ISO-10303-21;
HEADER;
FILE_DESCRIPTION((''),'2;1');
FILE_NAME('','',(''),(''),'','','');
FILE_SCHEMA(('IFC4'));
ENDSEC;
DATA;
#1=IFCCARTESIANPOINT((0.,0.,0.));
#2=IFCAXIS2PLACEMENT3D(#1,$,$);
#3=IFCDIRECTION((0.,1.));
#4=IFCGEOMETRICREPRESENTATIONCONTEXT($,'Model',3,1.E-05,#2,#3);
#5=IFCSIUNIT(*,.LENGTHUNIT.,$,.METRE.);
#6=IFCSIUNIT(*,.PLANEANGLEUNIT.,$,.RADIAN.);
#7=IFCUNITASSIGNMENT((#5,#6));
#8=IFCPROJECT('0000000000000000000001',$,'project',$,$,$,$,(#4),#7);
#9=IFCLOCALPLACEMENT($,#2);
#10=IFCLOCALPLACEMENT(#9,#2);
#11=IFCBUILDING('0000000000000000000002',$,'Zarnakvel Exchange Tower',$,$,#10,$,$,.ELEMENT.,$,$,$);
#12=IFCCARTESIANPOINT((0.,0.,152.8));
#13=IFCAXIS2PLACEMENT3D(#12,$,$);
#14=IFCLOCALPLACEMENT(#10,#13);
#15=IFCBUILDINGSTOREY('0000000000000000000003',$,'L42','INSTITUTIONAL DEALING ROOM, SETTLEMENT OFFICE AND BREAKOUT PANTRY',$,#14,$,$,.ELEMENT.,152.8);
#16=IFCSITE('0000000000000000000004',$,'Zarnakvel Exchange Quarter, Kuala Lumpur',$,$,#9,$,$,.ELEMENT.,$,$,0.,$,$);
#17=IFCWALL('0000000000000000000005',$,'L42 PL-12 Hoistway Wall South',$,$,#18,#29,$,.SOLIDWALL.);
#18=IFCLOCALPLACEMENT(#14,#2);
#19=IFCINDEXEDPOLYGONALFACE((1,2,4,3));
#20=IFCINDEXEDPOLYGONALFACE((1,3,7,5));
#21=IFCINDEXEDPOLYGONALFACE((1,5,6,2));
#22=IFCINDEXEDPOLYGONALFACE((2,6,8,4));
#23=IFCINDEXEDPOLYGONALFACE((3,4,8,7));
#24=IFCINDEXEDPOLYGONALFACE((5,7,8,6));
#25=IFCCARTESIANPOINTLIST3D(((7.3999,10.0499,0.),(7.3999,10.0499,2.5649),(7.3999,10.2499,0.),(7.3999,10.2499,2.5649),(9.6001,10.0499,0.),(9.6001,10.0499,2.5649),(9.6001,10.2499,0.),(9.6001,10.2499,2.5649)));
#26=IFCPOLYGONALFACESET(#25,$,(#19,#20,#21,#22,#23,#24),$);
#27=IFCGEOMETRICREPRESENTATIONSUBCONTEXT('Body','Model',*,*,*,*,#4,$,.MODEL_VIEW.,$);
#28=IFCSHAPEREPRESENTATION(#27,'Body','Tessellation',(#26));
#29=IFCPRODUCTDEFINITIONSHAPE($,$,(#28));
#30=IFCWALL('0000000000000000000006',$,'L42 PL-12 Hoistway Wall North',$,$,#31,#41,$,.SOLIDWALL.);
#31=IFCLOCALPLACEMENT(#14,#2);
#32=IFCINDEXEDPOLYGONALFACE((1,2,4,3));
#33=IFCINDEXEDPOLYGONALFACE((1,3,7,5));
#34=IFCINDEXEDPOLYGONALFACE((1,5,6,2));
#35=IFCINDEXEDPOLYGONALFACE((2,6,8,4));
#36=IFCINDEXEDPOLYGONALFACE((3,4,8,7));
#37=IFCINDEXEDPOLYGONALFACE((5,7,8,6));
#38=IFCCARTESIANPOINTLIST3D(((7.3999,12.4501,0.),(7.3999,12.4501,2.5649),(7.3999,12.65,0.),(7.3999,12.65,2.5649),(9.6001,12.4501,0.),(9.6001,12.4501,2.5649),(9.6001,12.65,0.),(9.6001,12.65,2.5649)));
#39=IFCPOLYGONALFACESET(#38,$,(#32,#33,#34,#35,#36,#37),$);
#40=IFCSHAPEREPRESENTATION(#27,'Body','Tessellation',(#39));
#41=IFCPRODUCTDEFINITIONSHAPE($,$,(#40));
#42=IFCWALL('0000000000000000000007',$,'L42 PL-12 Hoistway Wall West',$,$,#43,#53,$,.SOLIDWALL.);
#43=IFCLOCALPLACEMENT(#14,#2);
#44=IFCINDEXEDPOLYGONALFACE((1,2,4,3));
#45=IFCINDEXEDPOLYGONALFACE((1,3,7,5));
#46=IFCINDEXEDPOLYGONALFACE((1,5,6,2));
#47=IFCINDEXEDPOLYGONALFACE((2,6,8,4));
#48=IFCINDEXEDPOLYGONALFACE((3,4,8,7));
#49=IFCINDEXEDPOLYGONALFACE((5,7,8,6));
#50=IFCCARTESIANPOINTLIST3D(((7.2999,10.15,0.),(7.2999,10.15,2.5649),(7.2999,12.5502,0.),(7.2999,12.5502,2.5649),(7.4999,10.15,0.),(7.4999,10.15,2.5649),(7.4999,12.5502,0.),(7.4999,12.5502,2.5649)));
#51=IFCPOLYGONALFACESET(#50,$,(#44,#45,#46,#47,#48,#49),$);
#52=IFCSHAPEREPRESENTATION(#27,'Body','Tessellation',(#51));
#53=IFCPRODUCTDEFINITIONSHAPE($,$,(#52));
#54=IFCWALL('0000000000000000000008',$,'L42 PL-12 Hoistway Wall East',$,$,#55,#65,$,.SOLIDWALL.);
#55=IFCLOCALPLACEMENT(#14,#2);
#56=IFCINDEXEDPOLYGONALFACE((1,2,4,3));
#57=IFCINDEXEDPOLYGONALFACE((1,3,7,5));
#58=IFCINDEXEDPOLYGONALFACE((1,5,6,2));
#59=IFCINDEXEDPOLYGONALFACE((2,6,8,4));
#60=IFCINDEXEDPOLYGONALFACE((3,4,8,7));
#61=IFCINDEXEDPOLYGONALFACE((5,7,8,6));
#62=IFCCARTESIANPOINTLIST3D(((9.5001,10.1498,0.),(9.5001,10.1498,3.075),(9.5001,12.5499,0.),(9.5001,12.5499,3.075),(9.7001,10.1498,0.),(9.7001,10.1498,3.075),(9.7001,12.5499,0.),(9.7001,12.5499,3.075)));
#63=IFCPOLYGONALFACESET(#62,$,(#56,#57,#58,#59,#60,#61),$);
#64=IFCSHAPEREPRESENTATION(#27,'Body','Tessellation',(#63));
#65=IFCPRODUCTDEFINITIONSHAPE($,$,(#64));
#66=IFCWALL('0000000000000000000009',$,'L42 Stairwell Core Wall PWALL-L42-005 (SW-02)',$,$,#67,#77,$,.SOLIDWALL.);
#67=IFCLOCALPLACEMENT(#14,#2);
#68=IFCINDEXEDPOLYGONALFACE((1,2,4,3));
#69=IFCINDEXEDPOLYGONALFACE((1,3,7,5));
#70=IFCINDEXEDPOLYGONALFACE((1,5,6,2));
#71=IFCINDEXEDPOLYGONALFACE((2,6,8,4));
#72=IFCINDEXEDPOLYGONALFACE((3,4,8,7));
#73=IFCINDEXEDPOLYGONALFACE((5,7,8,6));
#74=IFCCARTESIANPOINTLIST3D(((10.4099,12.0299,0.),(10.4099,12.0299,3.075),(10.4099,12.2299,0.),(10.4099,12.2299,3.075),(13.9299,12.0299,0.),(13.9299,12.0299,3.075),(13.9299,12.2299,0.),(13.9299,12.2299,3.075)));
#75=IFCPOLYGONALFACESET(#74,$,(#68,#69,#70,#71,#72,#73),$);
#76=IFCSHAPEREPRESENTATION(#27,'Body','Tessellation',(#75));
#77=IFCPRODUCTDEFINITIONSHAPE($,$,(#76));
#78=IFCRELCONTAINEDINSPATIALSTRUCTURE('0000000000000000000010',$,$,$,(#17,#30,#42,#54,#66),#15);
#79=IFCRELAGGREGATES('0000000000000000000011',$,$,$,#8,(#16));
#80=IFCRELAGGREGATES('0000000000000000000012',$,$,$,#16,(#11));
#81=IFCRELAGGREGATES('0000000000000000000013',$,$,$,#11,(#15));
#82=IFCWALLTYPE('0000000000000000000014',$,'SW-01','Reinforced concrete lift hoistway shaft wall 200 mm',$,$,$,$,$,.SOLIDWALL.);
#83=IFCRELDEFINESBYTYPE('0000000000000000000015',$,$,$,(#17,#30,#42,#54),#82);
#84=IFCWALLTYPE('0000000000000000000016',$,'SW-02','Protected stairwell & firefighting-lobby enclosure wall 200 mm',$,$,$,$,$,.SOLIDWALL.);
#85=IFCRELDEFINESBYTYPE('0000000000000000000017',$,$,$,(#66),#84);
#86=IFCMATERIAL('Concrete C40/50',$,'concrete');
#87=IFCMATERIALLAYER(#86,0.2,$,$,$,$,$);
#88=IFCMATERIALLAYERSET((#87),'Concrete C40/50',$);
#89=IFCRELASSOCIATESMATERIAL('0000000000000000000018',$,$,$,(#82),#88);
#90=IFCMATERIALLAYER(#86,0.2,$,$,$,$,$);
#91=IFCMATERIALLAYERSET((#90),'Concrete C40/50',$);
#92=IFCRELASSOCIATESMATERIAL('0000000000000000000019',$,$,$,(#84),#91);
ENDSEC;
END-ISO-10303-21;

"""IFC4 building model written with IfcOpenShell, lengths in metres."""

from ifc_helpers import new_model, si_unit, direction, frame, frame_2d, origin, place, context, subcontext, project, spatial, rectangle, extrude, material, layer, layer_set, type_object, element, save


model = new_model("IFC4")

# Units and contexts
model_context = context("Model", 3, precision=1e-05, world=origin(), true_north=direction((0.0, 1.0)))
body_context = subcontext(model_context, "Body", "Model", "MODEL_VIEW")
ifc_project = project(units=[si_unit("LENGTHUNIT", "METRE"), si_unit("PLANEANGLEUNIT", "RADIAN")], contexts=[model_context])

# Site, building, storey
site_placement = place(None, origin())
site = spatial("IfcSite", under=ifc_project, at=site_placement, Name="Zarnakvel Exchange Quarter, Kuala Lumpur", CompositionType="ELEMENT", RefElevation=0.0)
building_placement = place(site_placement, origin())
building = spatial("IfcBuilding", under=site, at=building_placement, Name="Zarnakvel Exchange Tower", CompositionType="ELEMENT")
storey_placement = place(building_placement, frame((0.0, 0.0, 152.8)))
storey = spatial("IfcBuildingStorey", under=building, at=storey_placement, Name="L42", Description="INSTITUTIONAL DEALING ROOM, SETTLEMENT OFFICE AND BREAKOUT PANTRY", CompositionType="ELEMENT", Elevation=152.8)

# Walls
ifc_material_1 = material(Name="Concrete C40/50", Category="concrete")
ifc_layer_1 = layer(ifc_material_1, 0.2)
ifc_layer_set_1 = layer_set([ifc_layer_1], Name="Concrete C40/50")
wall_type_1 = type_object("IfcWallType", Name="SW-01", Description="Reinforced concrete lift hoistway shaft wall 200 mm", PredefinedType="SOLIDWALL", material=ifc_layer_set_1)
for number, where, z_axis, x_axis, name in (
    (1, (9.6001, 10.1499, 0.0), (0.0, 0.0, 1.0), (-1.0, 0.0, 0.0), "L42 PL-12 Hoistway Wall South"),
    (2, (7.3999, 12.55, 0.0), (0.0, 0.0, 1.0), (1.0, 0.0, 0.0), "L42 PL-12 Hoistway Wall North"),
):
    element("IfcWall", number, at=place(storey_placement, frame(where, z_axis=z_axis, x_axis=x_axis)), inside=storey, type_object=wall_type_1, Name=name, PredefinedType="SOLIDWALL", context=body_context, shape_type="SweptSolid", body=[
        extrude(rectangle(XDim=2.2002, YDim=0.2, at=frame_2d((1.1001, 0.0))), origin(), (0.0, 0.0, 1.0), 2.5649),
    ])
wall_1_placement = place(storey_placement, frame((7.3999, 10.1499, 0.0), z_axis=(0.0, 0.0, 1.0), x_axis=(0.0, 1.0, 0.0)))
element("IfcWall", 3, at=wall_1_placement, inside=storey, type_object=wall_type_1, Name="L42 PL-12 Hoistway Wall West", PredefinedType="SOLIDWALL", context=body_context, shape_type="SweptSolid", body=[
    extrude(rectangle(XDim=2.4001, YDim=0.2, at=frame_2d((1.2002, 0.0))), origin(), (0.0, 0.0, 1.0), 2.5649),
])
wall_2_placement = place(storey_placement, frame((9.6001, 12.55, 0.0), z_axis=(0.0, 0.0, 1.0), x_axis=(0.0, -1.0, 0.0)))
element("IfcWall", 4, at=wall_2_placement, inside=storey, type_object=wall_type_1, Name="L42 PL-12 Hoistway Wall East", PredefinedType="SOLIDWALL", context=body_context, shape_type="SweptSolid", body=[
    extrude(rectangle(XDim=2.4001, YDim=0.2, at=frame_2d((1.2002, 0.0))), origin(), (0.0, 0.0, 1.0), 3.075),
])
ifc_layer_2 = layer(ifc_material_1, 0.2)
ifc_layer_set_2 = layer_set([ifc_layer_2], Name="Concrete C40/50")
wall_type_2 = type_object("IfcWallType", Name="SW-02", Description="Protected stairwell & firefighting-lobby enclosure wall 200 mm", PredefinedType="SOLIDWALL", material=ifc_layer_set_2)
wall_3_placement = place(storey_placement, frame((10.4099, 12.1299, 0.0), z_axis=(0.0, 0.0, 1.0), x_axis=(1.0, 0.0, 0.0)))
element("IfcWall", 5, at=wall_3_placement, inside=storey, type_object=wall_type_2, Name="L42 Stairwell Core Wall PWALL-L42-005 (SW-02)", PredefinedType="SOLIDWALL", context=body_context, shape_type="SweptSolid", body=[
    extrude(rectangle(XDim=3.52, YDim=0.2, at=frame_2d((1.76, 0.0))), origin(), (0.0, 0.0, 1.0), 3.075),
])

save(model, "model.ifc")
